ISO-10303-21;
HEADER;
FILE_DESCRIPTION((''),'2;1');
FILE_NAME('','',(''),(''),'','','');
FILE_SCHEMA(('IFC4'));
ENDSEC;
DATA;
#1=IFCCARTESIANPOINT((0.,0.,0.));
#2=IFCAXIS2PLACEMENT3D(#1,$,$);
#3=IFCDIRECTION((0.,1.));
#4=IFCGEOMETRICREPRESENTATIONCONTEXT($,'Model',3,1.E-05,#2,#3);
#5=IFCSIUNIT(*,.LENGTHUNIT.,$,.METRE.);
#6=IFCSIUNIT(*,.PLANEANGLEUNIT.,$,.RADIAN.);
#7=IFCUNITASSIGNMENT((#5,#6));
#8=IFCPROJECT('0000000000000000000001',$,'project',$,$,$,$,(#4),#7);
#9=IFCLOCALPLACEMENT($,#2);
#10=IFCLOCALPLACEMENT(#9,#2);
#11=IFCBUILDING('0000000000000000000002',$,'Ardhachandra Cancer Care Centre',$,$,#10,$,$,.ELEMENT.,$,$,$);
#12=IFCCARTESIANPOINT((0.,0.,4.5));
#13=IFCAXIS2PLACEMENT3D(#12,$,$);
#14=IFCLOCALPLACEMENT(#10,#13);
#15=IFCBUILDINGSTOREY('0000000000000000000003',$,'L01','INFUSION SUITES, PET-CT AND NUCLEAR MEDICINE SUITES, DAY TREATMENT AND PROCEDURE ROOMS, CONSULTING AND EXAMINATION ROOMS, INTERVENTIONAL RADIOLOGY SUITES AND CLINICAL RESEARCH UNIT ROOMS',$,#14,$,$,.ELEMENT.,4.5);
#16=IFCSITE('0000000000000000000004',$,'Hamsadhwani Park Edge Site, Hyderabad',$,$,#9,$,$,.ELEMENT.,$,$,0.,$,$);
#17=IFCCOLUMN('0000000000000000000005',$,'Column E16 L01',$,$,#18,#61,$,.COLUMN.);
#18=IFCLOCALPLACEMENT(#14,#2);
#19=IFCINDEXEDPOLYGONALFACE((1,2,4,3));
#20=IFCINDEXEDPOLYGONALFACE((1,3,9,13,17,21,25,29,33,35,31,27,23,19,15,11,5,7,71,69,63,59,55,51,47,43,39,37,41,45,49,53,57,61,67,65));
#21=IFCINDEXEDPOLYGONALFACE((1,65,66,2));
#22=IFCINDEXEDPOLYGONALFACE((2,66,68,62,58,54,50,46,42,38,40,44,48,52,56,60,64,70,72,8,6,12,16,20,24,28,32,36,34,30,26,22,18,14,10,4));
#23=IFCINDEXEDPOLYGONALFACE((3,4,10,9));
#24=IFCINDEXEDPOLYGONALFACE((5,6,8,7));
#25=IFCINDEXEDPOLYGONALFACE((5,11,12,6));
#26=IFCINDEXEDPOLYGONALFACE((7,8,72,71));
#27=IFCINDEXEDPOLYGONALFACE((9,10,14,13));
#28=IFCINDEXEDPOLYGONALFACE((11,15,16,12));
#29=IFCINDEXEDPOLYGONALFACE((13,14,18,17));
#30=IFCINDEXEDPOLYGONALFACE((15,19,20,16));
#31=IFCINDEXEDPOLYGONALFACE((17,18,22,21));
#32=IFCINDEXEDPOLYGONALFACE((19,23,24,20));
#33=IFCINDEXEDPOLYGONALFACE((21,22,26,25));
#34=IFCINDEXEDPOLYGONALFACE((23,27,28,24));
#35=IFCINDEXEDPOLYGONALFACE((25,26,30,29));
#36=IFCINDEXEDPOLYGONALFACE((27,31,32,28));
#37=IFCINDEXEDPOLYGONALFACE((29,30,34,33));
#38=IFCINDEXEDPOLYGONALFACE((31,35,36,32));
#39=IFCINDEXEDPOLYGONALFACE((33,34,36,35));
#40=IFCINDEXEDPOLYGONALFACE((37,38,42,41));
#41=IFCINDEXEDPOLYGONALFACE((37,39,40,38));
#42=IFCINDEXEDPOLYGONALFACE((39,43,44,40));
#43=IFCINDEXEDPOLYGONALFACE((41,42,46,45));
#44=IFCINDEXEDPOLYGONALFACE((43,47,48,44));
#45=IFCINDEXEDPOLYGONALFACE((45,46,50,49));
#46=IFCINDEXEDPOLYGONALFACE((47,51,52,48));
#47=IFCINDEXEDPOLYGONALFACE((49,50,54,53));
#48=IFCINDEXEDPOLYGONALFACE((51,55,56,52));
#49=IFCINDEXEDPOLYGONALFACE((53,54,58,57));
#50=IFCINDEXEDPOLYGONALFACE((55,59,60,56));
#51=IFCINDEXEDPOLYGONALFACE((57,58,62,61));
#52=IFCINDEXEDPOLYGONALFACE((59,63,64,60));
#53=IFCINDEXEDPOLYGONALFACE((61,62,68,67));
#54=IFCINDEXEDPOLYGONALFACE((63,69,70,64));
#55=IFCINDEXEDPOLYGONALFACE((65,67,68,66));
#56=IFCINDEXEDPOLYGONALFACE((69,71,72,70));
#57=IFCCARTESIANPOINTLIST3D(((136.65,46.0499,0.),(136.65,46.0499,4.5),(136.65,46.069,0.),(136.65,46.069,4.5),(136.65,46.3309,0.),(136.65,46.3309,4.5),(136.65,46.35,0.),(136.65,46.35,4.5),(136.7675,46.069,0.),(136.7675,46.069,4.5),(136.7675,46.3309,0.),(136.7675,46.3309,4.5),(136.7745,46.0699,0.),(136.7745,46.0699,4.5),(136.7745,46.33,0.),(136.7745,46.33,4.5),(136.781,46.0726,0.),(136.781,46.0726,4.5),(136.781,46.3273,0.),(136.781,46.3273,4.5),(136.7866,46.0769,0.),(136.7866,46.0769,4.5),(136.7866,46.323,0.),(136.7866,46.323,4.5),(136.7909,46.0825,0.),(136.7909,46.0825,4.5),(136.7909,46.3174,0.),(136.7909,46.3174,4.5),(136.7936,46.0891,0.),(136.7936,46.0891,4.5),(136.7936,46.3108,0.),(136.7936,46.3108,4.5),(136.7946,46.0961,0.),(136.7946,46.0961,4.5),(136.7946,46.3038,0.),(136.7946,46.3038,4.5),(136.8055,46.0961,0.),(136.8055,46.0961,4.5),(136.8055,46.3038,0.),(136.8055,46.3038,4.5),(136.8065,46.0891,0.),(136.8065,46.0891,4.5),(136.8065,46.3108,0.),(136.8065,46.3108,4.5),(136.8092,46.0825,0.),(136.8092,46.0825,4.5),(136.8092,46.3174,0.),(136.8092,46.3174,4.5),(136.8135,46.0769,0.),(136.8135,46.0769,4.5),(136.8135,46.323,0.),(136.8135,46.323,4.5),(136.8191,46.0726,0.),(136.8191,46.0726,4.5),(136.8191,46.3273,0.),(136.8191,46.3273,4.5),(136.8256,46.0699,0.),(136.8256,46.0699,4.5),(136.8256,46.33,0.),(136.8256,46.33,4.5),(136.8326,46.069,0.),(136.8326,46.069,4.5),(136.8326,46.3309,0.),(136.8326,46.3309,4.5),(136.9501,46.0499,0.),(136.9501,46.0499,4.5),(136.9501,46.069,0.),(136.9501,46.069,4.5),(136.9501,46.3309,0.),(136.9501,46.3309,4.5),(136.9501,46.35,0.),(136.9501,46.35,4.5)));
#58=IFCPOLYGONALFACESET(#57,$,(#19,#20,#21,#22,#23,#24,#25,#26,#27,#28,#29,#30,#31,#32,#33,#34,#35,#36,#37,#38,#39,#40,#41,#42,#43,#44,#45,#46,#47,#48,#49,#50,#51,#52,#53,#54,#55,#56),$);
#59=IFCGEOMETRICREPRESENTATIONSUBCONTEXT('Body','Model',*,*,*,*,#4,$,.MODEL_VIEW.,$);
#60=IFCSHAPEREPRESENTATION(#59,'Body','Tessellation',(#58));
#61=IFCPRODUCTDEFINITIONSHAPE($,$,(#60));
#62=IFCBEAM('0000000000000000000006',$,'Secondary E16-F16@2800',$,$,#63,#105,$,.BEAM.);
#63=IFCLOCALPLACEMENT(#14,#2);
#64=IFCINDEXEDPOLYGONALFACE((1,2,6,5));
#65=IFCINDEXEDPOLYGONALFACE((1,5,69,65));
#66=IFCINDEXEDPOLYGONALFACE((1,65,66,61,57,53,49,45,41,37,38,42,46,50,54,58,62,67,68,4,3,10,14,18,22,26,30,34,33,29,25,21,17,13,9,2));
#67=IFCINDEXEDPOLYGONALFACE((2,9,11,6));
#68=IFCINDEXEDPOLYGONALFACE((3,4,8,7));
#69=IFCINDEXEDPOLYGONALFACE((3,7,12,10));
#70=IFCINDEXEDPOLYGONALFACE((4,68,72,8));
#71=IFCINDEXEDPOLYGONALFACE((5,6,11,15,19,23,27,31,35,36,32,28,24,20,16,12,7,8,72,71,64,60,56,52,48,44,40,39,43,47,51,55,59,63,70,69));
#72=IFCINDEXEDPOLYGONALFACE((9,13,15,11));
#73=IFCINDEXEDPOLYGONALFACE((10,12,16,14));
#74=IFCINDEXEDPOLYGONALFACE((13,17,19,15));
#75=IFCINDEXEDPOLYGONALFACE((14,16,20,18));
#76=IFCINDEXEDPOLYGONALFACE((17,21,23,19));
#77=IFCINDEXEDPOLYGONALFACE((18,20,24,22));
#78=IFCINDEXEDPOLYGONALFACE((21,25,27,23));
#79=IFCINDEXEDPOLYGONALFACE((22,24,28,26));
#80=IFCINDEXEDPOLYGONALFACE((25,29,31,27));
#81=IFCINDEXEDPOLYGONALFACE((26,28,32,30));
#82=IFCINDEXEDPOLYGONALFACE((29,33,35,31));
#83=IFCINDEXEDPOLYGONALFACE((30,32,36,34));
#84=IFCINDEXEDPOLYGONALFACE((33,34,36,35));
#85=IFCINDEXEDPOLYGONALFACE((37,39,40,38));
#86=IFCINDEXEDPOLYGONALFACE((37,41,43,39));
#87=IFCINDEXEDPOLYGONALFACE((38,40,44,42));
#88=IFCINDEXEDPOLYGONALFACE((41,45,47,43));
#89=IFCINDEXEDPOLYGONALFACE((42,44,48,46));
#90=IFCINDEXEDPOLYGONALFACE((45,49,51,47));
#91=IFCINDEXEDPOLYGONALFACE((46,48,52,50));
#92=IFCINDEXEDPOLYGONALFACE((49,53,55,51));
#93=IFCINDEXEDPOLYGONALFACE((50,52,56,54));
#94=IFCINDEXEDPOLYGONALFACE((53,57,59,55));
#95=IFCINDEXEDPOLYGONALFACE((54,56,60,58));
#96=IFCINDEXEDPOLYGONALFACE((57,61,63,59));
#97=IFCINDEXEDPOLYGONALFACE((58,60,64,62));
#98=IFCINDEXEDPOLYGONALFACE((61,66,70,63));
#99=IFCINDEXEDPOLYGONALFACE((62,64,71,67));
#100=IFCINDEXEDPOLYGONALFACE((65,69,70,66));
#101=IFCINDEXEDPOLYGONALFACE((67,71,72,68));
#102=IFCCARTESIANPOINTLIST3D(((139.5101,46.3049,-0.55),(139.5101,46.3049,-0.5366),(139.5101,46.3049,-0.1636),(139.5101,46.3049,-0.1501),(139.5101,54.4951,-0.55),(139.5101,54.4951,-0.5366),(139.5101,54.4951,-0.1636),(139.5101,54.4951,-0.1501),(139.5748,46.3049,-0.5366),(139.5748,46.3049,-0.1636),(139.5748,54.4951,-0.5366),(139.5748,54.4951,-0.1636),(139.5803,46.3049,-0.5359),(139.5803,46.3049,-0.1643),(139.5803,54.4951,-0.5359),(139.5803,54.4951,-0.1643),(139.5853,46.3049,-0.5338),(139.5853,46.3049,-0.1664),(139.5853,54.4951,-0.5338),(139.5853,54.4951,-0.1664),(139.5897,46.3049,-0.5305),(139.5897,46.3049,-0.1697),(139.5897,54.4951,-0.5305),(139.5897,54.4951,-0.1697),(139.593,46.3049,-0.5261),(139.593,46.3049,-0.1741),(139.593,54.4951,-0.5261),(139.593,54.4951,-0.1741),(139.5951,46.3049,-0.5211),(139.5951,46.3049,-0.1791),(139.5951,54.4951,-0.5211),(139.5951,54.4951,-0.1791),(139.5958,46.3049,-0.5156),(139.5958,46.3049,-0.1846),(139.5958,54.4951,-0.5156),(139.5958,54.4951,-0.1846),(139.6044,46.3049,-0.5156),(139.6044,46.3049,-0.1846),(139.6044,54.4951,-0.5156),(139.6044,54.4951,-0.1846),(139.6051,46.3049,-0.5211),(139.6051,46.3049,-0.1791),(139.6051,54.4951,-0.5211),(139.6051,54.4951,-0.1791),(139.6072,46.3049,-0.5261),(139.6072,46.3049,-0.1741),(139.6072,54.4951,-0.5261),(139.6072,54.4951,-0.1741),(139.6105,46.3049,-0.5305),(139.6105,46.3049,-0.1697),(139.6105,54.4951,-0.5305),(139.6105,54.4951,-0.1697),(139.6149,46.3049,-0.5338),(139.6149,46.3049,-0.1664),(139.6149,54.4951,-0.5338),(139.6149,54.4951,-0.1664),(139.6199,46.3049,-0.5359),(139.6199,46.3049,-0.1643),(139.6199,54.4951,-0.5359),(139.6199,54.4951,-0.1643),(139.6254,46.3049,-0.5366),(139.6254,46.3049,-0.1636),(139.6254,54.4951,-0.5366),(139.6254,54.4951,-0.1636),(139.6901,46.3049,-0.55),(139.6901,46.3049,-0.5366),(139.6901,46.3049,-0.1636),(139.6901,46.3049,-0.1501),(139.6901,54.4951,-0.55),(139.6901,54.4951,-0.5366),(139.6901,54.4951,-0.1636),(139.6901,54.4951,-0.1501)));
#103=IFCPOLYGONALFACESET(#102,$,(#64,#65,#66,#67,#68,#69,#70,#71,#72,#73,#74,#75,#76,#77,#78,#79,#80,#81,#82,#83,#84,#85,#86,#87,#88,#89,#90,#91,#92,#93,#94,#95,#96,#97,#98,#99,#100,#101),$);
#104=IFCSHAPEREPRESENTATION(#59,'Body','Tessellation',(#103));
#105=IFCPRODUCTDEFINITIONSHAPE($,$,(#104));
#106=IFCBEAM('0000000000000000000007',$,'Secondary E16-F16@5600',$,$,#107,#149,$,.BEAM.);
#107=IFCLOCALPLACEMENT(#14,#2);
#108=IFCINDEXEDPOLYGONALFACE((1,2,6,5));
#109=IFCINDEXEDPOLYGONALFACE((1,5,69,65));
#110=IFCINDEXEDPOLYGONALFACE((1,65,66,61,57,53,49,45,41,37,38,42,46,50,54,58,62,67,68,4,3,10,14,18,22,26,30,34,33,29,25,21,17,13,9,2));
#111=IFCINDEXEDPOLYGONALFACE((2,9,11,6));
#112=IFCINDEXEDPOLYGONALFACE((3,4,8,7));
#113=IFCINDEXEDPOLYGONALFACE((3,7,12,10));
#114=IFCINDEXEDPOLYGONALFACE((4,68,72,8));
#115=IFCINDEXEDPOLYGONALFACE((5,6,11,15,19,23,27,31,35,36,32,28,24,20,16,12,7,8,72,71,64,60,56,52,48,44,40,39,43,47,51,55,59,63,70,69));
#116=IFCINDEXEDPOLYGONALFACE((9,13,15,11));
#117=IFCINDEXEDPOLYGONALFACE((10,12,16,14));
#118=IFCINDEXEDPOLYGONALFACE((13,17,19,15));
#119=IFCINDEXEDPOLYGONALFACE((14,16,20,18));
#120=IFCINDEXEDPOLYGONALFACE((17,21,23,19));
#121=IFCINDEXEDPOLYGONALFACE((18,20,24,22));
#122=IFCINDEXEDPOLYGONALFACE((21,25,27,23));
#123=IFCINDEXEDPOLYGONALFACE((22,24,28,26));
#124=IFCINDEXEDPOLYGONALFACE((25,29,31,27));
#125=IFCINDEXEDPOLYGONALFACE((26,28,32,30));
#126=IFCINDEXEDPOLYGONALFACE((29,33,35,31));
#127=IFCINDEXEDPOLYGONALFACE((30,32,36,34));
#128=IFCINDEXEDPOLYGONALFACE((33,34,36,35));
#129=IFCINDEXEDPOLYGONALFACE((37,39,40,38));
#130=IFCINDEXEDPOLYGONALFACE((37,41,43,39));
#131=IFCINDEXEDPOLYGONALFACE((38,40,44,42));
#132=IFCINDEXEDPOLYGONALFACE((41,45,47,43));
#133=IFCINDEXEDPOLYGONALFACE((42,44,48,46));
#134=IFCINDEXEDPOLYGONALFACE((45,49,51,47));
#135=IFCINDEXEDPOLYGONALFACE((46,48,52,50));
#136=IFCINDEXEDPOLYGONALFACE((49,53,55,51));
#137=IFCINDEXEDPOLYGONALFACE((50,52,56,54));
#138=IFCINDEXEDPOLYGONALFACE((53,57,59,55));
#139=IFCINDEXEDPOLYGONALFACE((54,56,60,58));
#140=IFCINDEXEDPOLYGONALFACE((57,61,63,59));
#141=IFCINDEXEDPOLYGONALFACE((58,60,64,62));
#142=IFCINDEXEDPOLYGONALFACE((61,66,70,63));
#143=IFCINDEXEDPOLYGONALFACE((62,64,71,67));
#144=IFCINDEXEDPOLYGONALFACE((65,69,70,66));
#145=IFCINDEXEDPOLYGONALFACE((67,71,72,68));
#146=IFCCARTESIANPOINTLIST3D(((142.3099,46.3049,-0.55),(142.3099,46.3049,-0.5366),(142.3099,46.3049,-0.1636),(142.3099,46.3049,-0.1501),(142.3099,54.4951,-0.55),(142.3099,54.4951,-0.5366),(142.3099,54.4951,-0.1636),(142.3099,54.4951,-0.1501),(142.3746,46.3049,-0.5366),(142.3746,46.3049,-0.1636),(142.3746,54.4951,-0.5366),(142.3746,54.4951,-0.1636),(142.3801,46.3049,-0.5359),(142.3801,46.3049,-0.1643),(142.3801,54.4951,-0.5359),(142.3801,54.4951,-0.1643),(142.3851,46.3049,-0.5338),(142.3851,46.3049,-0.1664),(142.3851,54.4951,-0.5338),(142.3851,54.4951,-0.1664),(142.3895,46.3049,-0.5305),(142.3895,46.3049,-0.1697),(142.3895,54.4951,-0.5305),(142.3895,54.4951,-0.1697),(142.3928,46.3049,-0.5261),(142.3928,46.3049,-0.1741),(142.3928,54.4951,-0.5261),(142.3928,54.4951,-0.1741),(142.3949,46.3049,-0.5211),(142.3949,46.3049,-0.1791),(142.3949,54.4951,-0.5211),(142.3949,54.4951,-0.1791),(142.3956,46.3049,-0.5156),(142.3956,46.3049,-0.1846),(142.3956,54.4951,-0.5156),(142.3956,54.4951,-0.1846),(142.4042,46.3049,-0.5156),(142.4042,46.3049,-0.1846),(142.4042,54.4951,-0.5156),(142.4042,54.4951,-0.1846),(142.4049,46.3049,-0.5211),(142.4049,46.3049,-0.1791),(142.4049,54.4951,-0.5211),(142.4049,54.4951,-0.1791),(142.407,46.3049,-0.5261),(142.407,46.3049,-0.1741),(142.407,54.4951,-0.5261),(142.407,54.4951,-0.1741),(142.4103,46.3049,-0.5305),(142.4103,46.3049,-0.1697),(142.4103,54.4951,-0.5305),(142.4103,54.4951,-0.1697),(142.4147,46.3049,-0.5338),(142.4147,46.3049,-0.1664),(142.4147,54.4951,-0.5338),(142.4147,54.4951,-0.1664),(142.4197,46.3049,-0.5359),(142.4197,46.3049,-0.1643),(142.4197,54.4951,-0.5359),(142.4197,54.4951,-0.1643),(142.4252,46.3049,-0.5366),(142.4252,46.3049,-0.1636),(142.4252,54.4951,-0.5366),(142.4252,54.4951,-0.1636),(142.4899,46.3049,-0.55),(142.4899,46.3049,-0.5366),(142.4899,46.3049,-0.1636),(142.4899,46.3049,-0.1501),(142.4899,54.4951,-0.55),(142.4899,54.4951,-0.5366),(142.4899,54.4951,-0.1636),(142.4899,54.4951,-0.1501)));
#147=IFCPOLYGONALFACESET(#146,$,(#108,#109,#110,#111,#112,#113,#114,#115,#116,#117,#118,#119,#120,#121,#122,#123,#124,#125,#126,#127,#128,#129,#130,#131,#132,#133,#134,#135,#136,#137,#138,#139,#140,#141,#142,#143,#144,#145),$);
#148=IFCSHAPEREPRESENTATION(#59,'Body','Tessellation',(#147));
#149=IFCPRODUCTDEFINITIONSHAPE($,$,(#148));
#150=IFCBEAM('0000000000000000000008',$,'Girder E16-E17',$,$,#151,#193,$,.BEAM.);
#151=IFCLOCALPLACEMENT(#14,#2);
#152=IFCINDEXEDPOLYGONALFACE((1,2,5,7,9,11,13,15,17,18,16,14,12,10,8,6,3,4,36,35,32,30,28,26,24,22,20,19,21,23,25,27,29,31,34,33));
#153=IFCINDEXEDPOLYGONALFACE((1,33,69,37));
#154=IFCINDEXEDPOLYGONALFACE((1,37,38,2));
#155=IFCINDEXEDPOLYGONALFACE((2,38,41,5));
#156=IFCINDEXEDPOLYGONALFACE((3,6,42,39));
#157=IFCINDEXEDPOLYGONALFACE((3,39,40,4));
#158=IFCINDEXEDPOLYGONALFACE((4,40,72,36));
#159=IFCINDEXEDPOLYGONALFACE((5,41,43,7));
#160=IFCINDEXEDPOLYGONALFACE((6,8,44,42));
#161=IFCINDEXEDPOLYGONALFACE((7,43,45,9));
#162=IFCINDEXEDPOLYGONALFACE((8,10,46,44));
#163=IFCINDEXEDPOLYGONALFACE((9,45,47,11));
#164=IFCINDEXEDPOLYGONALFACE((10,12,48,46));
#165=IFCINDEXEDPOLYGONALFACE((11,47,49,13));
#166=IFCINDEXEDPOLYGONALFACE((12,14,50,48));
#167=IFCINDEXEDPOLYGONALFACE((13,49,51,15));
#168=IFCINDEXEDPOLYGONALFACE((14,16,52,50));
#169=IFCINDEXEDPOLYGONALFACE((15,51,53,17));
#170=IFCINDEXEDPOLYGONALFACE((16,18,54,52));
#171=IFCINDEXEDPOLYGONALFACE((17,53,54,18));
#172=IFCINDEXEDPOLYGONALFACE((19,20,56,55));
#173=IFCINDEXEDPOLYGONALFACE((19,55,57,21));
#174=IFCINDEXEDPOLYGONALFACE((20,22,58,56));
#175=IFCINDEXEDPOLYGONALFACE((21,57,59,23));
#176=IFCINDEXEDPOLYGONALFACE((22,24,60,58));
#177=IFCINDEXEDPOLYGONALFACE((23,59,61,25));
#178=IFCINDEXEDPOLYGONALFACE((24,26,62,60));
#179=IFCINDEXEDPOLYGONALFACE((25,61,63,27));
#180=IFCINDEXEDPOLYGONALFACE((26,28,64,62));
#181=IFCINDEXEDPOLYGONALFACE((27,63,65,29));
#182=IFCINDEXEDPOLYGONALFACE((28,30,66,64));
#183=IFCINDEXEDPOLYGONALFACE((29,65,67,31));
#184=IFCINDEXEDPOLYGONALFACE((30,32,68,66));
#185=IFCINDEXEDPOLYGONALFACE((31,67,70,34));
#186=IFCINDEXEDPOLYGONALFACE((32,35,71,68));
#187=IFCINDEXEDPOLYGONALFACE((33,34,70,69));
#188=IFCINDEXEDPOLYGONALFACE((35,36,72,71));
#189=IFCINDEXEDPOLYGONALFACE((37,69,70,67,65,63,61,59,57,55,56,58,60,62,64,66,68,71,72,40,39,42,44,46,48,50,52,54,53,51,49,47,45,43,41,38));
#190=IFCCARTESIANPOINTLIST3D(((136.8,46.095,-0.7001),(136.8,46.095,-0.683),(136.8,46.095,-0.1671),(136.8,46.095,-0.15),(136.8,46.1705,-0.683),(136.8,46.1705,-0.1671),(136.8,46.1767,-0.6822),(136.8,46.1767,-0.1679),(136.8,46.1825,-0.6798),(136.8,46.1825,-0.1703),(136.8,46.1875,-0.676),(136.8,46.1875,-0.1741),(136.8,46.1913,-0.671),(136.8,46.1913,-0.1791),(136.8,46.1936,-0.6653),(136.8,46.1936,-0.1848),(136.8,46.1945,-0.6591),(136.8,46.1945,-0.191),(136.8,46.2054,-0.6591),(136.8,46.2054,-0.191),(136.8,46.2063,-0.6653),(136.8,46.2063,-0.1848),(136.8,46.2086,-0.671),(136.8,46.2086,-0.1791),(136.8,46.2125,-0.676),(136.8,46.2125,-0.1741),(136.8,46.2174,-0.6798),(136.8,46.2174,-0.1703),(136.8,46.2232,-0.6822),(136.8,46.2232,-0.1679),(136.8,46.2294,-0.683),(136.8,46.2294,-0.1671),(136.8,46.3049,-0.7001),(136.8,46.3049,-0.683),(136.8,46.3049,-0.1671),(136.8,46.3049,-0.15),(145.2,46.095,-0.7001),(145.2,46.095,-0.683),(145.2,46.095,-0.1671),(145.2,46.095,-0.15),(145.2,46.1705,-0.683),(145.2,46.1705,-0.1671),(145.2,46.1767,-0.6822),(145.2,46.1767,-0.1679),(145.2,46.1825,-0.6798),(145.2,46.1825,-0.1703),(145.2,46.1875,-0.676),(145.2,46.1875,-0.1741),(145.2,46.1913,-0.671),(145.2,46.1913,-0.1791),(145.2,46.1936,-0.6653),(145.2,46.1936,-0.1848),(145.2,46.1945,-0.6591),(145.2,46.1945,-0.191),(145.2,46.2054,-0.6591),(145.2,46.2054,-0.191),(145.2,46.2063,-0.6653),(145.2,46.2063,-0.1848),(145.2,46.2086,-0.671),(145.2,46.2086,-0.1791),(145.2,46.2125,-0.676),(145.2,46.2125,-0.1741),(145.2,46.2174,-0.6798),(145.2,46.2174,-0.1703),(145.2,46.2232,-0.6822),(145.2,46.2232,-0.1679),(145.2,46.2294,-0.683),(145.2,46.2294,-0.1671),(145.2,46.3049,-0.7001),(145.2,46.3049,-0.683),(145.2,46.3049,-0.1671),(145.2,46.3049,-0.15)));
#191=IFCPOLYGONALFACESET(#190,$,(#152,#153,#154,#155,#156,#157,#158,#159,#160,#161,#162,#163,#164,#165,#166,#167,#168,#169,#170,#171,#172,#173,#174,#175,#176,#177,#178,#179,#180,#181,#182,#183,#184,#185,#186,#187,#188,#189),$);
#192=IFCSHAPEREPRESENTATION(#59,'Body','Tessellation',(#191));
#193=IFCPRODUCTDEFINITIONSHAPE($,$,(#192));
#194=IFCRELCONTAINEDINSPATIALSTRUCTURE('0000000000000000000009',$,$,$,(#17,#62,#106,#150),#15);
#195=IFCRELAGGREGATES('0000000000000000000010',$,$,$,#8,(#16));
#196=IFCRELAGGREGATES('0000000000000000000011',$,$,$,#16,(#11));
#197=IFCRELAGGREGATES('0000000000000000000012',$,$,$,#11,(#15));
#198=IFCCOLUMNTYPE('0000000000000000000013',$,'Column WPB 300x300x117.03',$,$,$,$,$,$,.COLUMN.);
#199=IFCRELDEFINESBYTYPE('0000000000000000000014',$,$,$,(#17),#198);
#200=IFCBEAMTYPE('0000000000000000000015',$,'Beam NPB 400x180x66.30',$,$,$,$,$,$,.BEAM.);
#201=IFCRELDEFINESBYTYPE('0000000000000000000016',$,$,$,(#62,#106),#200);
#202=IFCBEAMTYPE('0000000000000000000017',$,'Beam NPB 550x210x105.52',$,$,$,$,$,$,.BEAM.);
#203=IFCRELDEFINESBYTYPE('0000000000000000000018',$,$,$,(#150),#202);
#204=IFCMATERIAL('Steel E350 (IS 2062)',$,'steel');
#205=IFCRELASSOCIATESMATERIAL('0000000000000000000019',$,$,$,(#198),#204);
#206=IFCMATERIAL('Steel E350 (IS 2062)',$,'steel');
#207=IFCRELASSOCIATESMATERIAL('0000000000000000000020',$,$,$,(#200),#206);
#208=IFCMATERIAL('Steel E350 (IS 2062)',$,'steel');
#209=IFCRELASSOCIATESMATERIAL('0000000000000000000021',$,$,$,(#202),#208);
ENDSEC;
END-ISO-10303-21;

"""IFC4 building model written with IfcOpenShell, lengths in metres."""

from ifc_helpers import new_model, si_unit, direction, frame, origin, origin_2d, place, context, subcontext, project, spatial, i_section, extrude, material, material_profile, profile_set, type_object, element, save


model = new_model("IFC4")

# Units and contexts
model_context = context("Model", 3, precision=1e-05, world=origin(), true_north=direction((0.0, 1.0)))
body_context = subcontext(model_context, "Body", "Model", "MODEL_VIEW")
ifc_project = project(units=[si_unit("LENGTHUNIT", "METRE"), si_unit("PLANEANGLEUNIT", "RADIAN")], contexts=[model_context])

# Site, building, storey
site_placement = place(None, origin())
site = spatial("IfcSite", under=ifc_project, at=site_placement, Name="Hamsadhwani Park Edge Site, Hyderabad", CompositionType="ELEMENT", RefElevation=0.0)
building_placement = place(site_placement, origin())
building = spatial("IfcBuilding", under=site, at=building_placement, Name="Ardhachandra Cancer Care Centre", CompositionType="ELEMENT")
storey_placement = place(building_placement, frame((0.0, 0.0, 4.5)))
storey = spatial("IfcBuildingStorey", under=building, at=storey_placement, Name="L01", Description="INFUSION SUITES, PET-CT AND NUCLEAR MEDICINE SUITES, DAY TREATMENT AND PROCEDURE ROOMS, CONSULTING AND EXAMINATION ROOMS, INTERVENTIONAL RADIOLOGY SUITES AND CLINICAL RESEARCH UNIT ROOMS", CompositionType="ELEMENT", Elevation=4.5)

# Column
ifc_material_1 = material(Name="Steel E350 (IS 2062)", Category="steel")
ifc_material_profile_1 = material_profile(ifc_material_1, i_section(OverallWidth=0.3, OverallDepth=0.3, WebThickness=0.011, FlangeThickness=0.019, FilletRadius=0.0271, at=origin_2d()), Name="WPB 300x300x117.03")
ifc_profile_set_1 = profile_set([ifc_material_profile_1], Name="Steel E350 (IS 2062)")
column_type = type_object("IfcColumnType", Name="Column WPB 300x300x117.03", PredefinedType="COLUMN", material=ifc_profile_set_1)
column_placement = place(storey_placement, frame((136.8, 46.2, 0.0), z_axis=(0.0, 0.0, 1.0), x_axis=(1.0, 0.0, 0.0)))
element("IfcColumn", 1, at=column_placement, inside=storey, type_object=column_type, Name="Column E16 L01", PredefinedType="COLUMN", context=body_context, shape_type="SweptSolid", body=[
    extrude(i_section(OverallWidth=0.3, OverallDepth=0.3, WebThickness=0.011, FlangeThickness=0.019, FilletRadius=0.0271, at=origin_2d()), origin(), (0.0, 0.0, 1.0), 4.5),
])

# Beams
ifc_material_2 = material(Name="Steel E350 (IS 2062)", Category="steel")
ifc_material_profile_2 = material_profile(ifc_material_2, i_section(OverallWidth=0.1799, OverallDepth=0.3999, WebThickness=0.0085, FlangeThickness=0.0134, FilletRadius=0.021, at=origin_2d()), Name="NPB 400x180x66.30")
ifc_profile_set_2 = profile_set([ifc_material_profile_2], Name="Steel E350 (IS 2062)")
beam_type_1 = type_object("IfcBeamType", Name="Beam NPB 400x180x66.30", PredefinedType="BEAM", material=ifc_profile_set_2)
for number, where, z_axis, x_axis, name in (
    (2, (139.6001, 46.3049, -0.3501), (0.0, 1.0, 0.0), (-1.0, 0.0, 0.0), "Secondary E16-F16@2800"),
    (3, (142.3999, 46.3049, -0.3501), (0.0, 1.0, 0.0), (-1.0, 0.0, 0.0), "Secondary E16-F16@5600"),
):
    element("IfcBeam", number, at=place(storey_placement, frame(where, z_axis=z_axis, x_axis=x_axis)), inside=storey, type_object=beam_type_1, Name=name, PredefinedType="BEAM", context=body_context, shape_type="SweptSolid", body=[
        extrude(i_section(OverallWidth=0.1799, OverallDepth=0.3999, WebThickness=0.0085, FlangeThickness=0.0134, FilletRadius=0.021, at=origin_2d()), origin(), (0.0, 0.0, 1.0), 8.1902),
    ])
ifc_material_3 = material(Name="Steel E350 (IS 2062)", Category="steel")
ifc_material_profile_3 = material_profile(ifc_material_3, i_section(OverallWidth=0.21, OverallDepth=0.55, WebThickness=0.011, FlangeThickness=0.0171, FilletRadius=0.0239, at=origin_2d()), Name="NPB 550x210x105.52")
ifc_profile_set_3 = profile_set([ifc_material_profile_3], Name="Steel E350 (IS 2062)")
beam_type_2 = type_object("IfcBeamType", Name="Beam NPB 550x210x105.52", PredefinedType="BEAM", material=ifc_profile_set_3)
beam_1_placement = place(storey_placement, frame((136.8, 46.2, -0.425), z_axis=(1.0, 0.0, 0.0), x_axis=(0.0, 1.0, 0.0)))
element("IfcBeam", 4, at=beam_1_placement, inside=storey, type_object=beam_type_2, Name="Girder E16-E17", PredefinedType="BEAM", context=body_context, shape_type="SweptSolid", body=[
    extrude(i_section(OverallWidth=0.21, OverallDepth=0.55, WebThickness=0.011, FlangeThickness=0.0171, FilletRadius=0.0239, at=origin_2d()), origin(), (0.0, 0.0, 1.0), 8.3999),
])

save(model, "model.ifc")
